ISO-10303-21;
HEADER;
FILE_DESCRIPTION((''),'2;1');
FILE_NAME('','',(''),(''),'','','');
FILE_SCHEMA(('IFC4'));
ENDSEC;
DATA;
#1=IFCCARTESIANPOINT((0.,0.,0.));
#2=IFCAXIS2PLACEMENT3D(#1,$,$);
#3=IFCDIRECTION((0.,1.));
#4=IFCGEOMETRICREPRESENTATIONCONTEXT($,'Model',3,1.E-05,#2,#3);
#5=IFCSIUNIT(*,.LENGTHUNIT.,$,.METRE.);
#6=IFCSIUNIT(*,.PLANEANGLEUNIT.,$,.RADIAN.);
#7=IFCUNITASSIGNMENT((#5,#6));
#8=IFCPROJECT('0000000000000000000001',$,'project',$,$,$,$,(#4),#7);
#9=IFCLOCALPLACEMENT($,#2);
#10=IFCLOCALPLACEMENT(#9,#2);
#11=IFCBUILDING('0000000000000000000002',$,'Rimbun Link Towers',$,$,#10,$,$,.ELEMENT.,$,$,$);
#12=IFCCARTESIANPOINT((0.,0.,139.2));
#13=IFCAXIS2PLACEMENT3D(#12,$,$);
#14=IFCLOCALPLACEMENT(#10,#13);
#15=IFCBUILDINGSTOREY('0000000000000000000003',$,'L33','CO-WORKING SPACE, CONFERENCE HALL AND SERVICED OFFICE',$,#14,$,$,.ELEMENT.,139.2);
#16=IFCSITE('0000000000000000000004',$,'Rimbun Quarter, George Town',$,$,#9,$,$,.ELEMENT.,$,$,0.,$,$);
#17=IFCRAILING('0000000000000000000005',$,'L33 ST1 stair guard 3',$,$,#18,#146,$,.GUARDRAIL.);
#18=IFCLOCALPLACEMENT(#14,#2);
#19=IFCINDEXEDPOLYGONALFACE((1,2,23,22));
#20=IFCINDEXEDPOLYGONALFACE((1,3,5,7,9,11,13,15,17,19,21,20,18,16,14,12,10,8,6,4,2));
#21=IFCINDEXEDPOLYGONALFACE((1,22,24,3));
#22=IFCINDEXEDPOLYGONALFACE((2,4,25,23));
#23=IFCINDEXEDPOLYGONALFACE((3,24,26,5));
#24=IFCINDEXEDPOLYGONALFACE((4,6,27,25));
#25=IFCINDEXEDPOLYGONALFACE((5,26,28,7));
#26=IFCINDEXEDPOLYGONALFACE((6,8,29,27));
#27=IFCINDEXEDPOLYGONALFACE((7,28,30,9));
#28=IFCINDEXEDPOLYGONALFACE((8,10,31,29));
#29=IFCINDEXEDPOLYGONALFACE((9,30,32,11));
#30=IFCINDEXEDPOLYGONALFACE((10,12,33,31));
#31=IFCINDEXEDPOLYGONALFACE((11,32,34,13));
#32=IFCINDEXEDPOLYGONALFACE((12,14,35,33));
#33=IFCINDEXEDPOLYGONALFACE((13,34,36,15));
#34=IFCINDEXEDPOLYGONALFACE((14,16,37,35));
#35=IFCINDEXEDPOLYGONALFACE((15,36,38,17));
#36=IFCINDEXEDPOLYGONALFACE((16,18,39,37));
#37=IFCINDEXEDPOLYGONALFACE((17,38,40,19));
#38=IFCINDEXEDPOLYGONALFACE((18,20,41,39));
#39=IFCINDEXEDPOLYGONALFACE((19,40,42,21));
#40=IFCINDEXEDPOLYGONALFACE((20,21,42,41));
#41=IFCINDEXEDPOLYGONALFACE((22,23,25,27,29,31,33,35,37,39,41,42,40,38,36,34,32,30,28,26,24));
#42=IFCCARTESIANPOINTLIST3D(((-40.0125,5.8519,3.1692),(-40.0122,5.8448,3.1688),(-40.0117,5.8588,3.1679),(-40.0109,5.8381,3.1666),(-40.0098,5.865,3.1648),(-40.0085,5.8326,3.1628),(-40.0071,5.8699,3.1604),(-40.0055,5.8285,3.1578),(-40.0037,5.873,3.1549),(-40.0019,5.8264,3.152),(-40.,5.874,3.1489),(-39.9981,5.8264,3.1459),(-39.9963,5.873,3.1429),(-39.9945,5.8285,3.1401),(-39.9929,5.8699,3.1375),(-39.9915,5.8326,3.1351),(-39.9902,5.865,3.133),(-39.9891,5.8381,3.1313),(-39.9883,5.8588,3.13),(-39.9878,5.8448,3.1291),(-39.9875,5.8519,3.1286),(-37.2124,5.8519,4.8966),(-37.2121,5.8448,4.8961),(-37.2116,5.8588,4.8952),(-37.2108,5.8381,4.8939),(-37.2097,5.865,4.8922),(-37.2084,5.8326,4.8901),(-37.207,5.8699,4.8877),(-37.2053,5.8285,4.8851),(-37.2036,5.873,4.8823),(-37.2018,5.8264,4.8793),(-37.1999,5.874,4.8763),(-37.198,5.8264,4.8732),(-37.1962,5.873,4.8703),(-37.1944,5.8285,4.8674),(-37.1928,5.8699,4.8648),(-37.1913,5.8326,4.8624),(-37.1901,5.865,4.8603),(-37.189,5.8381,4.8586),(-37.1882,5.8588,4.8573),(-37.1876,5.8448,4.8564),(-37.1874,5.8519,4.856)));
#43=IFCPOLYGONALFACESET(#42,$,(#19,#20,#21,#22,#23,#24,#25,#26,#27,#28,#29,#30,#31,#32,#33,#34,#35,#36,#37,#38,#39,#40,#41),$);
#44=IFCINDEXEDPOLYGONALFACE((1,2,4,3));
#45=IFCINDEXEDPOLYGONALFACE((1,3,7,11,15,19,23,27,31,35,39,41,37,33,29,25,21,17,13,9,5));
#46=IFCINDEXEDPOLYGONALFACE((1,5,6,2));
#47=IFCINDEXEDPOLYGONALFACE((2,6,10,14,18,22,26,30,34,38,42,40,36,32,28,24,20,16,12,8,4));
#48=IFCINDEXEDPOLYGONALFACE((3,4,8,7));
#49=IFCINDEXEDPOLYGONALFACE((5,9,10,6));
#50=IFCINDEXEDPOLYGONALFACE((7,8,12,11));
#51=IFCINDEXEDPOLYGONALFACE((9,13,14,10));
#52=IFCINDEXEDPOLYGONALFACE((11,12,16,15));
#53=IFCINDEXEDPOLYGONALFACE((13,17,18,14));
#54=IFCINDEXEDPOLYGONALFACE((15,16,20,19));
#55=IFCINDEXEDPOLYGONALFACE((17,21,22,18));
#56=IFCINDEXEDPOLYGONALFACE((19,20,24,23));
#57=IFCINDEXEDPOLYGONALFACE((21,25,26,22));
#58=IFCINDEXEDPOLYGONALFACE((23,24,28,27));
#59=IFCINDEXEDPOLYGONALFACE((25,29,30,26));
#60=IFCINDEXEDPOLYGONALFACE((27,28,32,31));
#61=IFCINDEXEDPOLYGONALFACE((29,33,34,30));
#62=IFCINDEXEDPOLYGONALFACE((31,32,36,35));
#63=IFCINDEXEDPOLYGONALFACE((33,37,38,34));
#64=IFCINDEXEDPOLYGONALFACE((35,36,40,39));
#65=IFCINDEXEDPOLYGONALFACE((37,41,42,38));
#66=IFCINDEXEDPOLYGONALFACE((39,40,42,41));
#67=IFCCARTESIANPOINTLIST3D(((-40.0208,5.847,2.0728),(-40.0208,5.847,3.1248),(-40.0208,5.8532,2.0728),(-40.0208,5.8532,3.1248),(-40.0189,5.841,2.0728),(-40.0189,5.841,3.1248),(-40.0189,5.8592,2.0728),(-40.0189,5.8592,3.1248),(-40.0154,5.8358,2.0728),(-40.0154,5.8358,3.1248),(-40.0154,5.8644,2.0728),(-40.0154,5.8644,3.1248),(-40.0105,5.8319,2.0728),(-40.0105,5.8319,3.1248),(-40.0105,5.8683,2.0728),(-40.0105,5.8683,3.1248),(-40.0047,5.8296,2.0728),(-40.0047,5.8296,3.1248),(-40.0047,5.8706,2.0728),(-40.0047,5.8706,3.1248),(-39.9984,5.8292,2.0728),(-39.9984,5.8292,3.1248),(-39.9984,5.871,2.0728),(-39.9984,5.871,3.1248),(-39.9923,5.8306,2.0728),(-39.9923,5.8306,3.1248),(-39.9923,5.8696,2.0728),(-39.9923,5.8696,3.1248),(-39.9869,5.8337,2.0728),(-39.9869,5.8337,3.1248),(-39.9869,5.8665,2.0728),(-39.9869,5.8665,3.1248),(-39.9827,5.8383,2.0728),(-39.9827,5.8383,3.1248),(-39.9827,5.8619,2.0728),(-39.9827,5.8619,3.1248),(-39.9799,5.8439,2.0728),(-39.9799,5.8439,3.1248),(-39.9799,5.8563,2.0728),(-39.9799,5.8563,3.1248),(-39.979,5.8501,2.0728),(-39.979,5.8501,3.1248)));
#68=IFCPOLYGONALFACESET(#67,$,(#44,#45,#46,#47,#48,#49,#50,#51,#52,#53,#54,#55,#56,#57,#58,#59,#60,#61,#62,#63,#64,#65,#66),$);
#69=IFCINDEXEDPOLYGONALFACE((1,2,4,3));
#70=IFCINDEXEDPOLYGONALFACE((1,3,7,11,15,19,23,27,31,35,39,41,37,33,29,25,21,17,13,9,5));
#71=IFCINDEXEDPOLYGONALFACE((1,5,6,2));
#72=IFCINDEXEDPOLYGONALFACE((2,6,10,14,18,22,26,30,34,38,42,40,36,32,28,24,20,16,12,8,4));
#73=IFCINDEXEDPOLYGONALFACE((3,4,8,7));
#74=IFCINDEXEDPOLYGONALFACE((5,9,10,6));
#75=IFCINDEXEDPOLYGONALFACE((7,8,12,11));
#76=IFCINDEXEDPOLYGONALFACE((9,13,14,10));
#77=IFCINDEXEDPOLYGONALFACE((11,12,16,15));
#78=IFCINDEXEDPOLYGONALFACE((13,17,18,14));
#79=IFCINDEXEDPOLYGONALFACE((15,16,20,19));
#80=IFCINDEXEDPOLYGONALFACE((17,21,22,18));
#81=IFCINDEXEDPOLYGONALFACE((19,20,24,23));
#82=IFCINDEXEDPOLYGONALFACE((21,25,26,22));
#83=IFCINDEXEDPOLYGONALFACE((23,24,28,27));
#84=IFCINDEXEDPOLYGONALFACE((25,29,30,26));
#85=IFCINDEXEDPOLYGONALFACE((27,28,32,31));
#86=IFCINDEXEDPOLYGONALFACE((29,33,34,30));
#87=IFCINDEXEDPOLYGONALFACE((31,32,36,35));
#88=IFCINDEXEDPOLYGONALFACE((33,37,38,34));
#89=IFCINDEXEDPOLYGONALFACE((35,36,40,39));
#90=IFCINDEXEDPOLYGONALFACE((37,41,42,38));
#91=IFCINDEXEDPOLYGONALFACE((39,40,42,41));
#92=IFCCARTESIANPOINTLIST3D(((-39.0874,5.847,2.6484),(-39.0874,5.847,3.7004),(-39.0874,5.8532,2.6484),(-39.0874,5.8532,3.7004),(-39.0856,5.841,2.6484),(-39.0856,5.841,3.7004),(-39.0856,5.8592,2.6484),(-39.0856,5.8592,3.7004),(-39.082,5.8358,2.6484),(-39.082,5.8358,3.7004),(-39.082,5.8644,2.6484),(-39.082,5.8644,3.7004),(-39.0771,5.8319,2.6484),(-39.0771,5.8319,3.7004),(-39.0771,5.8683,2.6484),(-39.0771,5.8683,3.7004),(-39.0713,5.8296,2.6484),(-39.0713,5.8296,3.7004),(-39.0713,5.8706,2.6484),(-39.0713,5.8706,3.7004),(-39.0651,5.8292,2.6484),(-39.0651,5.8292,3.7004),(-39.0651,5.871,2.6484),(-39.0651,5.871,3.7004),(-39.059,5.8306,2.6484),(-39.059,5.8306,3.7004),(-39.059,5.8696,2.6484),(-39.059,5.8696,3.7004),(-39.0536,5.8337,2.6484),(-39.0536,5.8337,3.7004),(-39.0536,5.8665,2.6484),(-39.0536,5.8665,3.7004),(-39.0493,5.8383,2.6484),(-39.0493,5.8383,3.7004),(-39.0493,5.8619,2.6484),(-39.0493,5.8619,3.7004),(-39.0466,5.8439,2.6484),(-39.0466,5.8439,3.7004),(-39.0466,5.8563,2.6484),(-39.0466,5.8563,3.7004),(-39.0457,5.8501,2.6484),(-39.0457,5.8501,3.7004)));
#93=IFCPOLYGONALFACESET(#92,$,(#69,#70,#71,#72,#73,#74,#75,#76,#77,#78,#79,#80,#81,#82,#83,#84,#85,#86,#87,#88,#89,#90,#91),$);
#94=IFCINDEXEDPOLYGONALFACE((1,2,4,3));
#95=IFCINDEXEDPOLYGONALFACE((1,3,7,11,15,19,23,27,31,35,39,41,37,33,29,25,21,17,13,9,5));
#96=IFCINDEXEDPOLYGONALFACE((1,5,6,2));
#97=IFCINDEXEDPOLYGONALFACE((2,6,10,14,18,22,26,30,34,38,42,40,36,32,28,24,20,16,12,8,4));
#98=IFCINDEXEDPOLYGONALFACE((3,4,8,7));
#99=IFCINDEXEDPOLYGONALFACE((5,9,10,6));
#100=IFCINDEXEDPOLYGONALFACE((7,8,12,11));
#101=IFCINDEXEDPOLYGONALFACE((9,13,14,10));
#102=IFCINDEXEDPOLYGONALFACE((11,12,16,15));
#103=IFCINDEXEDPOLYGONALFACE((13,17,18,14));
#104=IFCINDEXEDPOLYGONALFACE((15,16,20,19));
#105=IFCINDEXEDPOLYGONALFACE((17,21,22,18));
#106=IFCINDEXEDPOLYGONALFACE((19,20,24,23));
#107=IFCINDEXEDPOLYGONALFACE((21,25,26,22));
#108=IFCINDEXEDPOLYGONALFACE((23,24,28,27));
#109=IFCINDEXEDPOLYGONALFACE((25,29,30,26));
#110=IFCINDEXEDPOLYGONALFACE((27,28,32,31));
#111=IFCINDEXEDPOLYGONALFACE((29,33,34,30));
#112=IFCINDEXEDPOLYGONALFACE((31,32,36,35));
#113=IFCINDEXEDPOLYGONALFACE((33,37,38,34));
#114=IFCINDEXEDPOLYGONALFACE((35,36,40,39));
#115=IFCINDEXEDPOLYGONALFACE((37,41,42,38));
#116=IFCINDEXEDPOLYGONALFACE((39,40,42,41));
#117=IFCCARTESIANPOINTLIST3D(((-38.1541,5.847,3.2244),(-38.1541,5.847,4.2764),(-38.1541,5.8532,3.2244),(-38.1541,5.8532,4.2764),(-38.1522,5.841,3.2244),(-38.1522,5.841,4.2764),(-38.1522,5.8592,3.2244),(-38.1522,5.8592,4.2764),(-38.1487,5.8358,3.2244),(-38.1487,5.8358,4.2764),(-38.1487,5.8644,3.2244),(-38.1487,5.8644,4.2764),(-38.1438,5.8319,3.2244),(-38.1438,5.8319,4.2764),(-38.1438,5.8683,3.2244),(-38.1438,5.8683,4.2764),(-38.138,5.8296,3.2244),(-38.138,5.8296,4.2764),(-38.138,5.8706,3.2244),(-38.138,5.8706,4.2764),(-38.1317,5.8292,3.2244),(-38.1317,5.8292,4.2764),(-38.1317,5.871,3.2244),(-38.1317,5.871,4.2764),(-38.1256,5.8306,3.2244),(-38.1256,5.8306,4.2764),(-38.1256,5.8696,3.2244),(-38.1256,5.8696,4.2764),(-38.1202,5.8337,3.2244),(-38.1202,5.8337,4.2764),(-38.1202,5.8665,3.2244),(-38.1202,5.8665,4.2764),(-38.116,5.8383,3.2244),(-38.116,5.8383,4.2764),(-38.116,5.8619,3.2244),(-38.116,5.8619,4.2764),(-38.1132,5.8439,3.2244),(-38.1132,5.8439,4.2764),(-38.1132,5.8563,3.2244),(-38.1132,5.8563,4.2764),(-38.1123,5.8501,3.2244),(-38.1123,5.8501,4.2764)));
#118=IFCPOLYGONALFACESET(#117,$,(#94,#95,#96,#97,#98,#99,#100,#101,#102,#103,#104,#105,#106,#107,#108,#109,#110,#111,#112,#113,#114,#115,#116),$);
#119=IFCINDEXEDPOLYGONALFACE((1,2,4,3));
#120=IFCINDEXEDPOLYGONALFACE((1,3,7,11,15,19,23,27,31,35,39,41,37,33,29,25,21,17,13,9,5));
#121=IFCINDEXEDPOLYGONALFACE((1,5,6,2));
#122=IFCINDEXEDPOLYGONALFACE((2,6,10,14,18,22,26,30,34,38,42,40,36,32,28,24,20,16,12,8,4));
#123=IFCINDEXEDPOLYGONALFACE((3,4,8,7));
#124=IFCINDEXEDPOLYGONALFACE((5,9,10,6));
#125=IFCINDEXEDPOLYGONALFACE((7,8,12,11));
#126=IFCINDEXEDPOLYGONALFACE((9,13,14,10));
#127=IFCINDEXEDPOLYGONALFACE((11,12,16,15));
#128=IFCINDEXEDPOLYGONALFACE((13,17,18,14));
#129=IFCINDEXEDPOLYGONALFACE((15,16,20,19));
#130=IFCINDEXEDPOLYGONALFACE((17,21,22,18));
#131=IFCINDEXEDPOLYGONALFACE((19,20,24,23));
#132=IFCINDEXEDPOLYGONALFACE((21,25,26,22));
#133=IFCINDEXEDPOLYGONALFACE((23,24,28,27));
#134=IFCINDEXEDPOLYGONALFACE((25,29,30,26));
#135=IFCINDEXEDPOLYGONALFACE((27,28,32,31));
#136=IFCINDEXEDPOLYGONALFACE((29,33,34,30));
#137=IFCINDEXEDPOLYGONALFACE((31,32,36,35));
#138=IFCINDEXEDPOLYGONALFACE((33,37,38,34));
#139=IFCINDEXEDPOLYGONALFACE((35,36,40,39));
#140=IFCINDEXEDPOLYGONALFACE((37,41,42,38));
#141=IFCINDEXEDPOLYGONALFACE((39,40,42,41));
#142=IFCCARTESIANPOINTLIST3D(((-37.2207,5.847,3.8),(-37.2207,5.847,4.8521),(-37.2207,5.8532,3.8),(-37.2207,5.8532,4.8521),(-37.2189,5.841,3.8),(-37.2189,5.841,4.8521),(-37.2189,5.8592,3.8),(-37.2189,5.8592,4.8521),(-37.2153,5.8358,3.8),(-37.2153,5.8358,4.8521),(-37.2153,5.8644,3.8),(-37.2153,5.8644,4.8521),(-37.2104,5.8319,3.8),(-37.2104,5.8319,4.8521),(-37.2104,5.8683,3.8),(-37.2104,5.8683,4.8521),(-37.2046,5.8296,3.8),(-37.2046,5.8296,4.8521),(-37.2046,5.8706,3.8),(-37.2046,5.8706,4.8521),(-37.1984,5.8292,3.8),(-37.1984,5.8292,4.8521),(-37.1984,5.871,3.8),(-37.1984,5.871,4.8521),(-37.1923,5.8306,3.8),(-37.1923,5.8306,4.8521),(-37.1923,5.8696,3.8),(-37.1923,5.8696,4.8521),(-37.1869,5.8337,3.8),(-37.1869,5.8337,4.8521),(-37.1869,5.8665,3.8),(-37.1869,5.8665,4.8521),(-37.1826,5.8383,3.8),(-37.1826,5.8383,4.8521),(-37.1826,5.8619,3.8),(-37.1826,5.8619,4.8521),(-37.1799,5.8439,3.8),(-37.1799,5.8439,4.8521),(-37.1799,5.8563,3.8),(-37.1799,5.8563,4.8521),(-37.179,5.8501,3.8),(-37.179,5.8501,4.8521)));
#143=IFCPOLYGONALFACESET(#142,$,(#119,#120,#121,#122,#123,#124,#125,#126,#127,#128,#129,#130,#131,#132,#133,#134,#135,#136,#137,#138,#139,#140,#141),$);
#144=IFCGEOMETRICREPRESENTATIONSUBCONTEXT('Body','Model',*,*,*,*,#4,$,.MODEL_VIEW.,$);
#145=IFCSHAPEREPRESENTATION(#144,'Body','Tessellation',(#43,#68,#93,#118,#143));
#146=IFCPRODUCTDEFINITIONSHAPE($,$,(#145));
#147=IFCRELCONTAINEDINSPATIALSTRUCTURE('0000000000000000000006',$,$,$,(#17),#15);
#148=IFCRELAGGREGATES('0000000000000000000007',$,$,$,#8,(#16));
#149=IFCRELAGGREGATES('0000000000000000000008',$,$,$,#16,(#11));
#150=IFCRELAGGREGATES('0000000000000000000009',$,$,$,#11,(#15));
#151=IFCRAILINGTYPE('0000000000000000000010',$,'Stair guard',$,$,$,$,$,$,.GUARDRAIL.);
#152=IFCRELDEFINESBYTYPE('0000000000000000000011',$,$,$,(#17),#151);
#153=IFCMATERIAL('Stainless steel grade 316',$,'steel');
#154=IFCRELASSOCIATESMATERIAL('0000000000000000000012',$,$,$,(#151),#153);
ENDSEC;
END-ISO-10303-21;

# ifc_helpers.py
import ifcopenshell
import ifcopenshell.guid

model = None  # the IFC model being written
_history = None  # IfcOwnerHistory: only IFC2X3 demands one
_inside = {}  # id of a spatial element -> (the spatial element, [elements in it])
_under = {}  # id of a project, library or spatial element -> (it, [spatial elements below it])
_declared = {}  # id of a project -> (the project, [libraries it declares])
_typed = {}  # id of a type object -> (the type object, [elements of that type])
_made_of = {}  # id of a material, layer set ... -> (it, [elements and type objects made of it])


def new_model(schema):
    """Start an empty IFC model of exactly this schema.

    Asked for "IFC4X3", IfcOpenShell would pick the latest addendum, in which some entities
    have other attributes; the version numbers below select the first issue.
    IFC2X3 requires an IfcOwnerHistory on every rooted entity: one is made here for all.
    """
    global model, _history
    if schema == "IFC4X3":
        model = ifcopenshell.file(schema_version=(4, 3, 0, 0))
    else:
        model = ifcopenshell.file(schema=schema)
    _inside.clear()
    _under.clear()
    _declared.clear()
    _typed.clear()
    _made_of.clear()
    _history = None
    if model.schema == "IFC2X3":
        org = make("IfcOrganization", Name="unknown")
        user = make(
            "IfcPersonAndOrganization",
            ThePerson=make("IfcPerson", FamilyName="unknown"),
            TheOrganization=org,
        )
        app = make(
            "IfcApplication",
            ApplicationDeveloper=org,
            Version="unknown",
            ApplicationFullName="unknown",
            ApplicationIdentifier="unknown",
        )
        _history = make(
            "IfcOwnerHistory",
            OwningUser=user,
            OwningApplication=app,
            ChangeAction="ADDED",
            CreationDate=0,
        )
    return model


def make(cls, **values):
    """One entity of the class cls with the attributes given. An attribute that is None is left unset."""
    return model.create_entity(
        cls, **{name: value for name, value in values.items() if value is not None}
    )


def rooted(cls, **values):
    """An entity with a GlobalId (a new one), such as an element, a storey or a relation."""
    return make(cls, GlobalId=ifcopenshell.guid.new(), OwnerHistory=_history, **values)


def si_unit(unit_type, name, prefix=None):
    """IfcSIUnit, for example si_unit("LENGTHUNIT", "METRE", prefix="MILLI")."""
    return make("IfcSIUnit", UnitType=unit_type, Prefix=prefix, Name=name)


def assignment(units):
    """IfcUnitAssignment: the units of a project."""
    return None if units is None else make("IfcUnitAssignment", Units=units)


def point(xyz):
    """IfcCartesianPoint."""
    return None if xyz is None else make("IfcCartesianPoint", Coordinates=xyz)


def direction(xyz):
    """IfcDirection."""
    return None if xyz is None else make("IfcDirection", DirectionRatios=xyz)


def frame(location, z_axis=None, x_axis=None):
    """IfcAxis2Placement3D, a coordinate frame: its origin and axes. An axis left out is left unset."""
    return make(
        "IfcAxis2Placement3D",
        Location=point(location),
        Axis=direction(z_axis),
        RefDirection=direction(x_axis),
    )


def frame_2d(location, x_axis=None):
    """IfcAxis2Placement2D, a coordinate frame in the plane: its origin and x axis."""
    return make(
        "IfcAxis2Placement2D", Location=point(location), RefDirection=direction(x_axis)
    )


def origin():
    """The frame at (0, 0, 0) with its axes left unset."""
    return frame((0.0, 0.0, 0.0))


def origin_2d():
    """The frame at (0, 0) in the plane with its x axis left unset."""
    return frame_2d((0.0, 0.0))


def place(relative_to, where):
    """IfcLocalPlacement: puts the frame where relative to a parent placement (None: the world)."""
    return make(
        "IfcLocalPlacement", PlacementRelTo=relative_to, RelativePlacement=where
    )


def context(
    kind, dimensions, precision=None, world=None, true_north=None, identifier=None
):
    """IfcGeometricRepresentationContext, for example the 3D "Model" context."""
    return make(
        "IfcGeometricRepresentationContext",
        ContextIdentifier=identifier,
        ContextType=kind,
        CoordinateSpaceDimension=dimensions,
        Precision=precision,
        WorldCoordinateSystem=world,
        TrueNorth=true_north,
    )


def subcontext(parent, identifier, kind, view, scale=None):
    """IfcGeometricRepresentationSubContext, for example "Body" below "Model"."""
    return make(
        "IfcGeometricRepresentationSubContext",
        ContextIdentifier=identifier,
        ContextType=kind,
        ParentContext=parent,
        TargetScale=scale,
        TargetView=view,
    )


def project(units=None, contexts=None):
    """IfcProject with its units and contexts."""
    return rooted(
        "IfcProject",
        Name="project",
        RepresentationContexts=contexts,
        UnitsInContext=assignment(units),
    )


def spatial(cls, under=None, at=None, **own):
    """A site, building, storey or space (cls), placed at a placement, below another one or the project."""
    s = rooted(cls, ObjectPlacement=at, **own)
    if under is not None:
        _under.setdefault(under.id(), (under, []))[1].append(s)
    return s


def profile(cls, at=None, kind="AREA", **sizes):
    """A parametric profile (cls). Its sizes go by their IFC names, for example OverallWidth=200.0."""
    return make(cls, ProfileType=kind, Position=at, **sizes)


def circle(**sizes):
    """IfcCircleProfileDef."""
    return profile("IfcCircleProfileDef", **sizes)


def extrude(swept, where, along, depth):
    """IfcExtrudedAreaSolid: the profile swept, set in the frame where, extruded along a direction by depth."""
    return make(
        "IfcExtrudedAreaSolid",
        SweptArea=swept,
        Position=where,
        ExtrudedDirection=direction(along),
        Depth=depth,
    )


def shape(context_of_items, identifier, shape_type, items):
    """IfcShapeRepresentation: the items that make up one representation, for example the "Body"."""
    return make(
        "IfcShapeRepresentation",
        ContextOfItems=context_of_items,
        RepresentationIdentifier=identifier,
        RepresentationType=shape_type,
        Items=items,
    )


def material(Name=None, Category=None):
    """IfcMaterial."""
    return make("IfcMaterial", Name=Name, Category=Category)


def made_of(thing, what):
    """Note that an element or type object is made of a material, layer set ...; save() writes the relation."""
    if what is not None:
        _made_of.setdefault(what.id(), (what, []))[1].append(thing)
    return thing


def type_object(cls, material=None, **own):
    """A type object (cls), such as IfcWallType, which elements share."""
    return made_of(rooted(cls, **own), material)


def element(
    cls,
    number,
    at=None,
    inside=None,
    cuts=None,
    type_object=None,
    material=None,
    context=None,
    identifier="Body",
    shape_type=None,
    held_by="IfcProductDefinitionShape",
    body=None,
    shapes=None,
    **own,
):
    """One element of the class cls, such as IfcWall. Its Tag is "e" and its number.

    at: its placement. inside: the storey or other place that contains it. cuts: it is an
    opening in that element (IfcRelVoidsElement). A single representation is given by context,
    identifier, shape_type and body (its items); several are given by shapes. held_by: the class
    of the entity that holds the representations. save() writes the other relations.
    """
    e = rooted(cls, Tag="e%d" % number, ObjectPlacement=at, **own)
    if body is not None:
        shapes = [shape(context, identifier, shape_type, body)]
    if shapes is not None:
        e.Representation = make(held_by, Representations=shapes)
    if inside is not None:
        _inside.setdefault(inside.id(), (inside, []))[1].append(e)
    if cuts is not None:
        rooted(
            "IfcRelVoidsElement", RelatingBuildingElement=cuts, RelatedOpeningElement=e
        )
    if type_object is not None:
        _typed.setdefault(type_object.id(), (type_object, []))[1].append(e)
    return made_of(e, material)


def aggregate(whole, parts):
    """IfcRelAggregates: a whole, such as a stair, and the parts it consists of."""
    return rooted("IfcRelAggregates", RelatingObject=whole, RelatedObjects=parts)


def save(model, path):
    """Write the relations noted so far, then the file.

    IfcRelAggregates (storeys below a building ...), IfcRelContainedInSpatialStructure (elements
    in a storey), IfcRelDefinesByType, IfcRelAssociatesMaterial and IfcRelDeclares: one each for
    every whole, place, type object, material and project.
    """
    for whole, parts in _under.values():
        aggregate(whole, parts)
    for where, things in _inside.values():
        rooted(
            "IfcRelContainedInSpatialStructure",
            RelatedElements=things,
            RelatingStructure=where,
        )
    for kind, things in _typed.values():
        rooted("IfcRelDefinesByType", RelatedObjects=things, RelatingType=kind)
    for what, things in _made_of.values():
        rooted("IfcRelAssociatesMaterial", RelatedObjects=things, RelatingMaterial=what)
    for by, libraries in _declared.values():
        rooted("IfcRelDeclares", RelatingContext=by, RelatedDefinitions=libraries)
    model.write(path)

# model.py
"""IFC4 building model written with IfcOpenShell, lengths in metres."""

from ifc_helpers import new_model, si_unit, direction, frame, origin, origin_2d, place, context, subcontext, project, spatial, circle, extrude, material, type_object, element, save


model = new_model("IFC4")

# Units and contexts
model_context = context("Model", 3, precision=1e-05, world=origin(), true_north=direction((0.0, 1.0)))
body_context = subcontext(model_context, "Body", "Model", "MODEL_VIEW")
ifc_project = project(units=[si_unit("LENGTHUNIT", "METRE"), si_unit("PLANEANGLEUNIT", "RADIAN")], contexts=[model_context])

# Site, building, storey
site_placement = place(None, origin())
site = spatial("IfcSite", under=ifc_project, at=site_placement, Name="Rimbun Quarter, George Town", CompositionType="ELEMENT", RefElevation=0.0)
building_placement = place(site_placement, origin())
building = spatial("IfcBuilding", under=site, at=building_placement, Name="Rimbun Link Towers", CompositionType="ELEMENT")
storey_placement = place(building_placement, frame((0.0, 0.0, 139.2)))
storey = spatial("IfcBuildingStorey", under=building, at=storey_placement, Name="L33", Description="CO-WORKING SPACE, CONFERENCE HALL AND SERVICED OFFICE", CompositionType="ELEMENT", Elevation=139.2)

# Railing
ifc_material_1 = material(Name="Stainless steel grade 316", Category="steel")
railing_type_1 = type_object("IfcRailingType", Name="Stair guard", PredefinedType="GUARDRAIL", material=ifc_material_1)
railing_1_placement = place(storey_placement, frame((-40.0, 5.8501, 2.0728)))
element("IfcRailing", 1, at=railing_1_placement, inside=storey, type_object=railing_type_1, Name="L33 ST1 stair guard 3", PredefinedType="GUARDRAIL", context=body_context, shape_type="SweptSolid", body=[
    extrude(circle(Radius=0.0239, at=origin_2d()), frame((0.0, 0.0, 1.0762), z_axis=(0.85109, 0.0, 0.52502), x_axis=(0.0, 1.0, 0.0)), (0.0, 0.0, 1.0), 3.29),
    extrude(circle(Radius=0.021, at=origin_2d()), origin(), (0.0, 0.0, 1.0), 1.052),
    extrude(circle(Radius=0.021, at=origin_2d()), frame((0.9333, 0.0, 0.5757)), (0.0, 0.0, 1.0), 1.052),
    extrude(circle(Radius=0.021, at=origin_2d()), frame((1.8667, 0.0, 1.1516)), (0.0, 0.0, 1.0), 1.052),
    extrude(circle(Radius=0.021, at=origin_2d()), frame((2.8, 0.0, 1.7273)), (0.0, 0.0, 1.0), 1.052),
])

save(model, "model.ifc")
